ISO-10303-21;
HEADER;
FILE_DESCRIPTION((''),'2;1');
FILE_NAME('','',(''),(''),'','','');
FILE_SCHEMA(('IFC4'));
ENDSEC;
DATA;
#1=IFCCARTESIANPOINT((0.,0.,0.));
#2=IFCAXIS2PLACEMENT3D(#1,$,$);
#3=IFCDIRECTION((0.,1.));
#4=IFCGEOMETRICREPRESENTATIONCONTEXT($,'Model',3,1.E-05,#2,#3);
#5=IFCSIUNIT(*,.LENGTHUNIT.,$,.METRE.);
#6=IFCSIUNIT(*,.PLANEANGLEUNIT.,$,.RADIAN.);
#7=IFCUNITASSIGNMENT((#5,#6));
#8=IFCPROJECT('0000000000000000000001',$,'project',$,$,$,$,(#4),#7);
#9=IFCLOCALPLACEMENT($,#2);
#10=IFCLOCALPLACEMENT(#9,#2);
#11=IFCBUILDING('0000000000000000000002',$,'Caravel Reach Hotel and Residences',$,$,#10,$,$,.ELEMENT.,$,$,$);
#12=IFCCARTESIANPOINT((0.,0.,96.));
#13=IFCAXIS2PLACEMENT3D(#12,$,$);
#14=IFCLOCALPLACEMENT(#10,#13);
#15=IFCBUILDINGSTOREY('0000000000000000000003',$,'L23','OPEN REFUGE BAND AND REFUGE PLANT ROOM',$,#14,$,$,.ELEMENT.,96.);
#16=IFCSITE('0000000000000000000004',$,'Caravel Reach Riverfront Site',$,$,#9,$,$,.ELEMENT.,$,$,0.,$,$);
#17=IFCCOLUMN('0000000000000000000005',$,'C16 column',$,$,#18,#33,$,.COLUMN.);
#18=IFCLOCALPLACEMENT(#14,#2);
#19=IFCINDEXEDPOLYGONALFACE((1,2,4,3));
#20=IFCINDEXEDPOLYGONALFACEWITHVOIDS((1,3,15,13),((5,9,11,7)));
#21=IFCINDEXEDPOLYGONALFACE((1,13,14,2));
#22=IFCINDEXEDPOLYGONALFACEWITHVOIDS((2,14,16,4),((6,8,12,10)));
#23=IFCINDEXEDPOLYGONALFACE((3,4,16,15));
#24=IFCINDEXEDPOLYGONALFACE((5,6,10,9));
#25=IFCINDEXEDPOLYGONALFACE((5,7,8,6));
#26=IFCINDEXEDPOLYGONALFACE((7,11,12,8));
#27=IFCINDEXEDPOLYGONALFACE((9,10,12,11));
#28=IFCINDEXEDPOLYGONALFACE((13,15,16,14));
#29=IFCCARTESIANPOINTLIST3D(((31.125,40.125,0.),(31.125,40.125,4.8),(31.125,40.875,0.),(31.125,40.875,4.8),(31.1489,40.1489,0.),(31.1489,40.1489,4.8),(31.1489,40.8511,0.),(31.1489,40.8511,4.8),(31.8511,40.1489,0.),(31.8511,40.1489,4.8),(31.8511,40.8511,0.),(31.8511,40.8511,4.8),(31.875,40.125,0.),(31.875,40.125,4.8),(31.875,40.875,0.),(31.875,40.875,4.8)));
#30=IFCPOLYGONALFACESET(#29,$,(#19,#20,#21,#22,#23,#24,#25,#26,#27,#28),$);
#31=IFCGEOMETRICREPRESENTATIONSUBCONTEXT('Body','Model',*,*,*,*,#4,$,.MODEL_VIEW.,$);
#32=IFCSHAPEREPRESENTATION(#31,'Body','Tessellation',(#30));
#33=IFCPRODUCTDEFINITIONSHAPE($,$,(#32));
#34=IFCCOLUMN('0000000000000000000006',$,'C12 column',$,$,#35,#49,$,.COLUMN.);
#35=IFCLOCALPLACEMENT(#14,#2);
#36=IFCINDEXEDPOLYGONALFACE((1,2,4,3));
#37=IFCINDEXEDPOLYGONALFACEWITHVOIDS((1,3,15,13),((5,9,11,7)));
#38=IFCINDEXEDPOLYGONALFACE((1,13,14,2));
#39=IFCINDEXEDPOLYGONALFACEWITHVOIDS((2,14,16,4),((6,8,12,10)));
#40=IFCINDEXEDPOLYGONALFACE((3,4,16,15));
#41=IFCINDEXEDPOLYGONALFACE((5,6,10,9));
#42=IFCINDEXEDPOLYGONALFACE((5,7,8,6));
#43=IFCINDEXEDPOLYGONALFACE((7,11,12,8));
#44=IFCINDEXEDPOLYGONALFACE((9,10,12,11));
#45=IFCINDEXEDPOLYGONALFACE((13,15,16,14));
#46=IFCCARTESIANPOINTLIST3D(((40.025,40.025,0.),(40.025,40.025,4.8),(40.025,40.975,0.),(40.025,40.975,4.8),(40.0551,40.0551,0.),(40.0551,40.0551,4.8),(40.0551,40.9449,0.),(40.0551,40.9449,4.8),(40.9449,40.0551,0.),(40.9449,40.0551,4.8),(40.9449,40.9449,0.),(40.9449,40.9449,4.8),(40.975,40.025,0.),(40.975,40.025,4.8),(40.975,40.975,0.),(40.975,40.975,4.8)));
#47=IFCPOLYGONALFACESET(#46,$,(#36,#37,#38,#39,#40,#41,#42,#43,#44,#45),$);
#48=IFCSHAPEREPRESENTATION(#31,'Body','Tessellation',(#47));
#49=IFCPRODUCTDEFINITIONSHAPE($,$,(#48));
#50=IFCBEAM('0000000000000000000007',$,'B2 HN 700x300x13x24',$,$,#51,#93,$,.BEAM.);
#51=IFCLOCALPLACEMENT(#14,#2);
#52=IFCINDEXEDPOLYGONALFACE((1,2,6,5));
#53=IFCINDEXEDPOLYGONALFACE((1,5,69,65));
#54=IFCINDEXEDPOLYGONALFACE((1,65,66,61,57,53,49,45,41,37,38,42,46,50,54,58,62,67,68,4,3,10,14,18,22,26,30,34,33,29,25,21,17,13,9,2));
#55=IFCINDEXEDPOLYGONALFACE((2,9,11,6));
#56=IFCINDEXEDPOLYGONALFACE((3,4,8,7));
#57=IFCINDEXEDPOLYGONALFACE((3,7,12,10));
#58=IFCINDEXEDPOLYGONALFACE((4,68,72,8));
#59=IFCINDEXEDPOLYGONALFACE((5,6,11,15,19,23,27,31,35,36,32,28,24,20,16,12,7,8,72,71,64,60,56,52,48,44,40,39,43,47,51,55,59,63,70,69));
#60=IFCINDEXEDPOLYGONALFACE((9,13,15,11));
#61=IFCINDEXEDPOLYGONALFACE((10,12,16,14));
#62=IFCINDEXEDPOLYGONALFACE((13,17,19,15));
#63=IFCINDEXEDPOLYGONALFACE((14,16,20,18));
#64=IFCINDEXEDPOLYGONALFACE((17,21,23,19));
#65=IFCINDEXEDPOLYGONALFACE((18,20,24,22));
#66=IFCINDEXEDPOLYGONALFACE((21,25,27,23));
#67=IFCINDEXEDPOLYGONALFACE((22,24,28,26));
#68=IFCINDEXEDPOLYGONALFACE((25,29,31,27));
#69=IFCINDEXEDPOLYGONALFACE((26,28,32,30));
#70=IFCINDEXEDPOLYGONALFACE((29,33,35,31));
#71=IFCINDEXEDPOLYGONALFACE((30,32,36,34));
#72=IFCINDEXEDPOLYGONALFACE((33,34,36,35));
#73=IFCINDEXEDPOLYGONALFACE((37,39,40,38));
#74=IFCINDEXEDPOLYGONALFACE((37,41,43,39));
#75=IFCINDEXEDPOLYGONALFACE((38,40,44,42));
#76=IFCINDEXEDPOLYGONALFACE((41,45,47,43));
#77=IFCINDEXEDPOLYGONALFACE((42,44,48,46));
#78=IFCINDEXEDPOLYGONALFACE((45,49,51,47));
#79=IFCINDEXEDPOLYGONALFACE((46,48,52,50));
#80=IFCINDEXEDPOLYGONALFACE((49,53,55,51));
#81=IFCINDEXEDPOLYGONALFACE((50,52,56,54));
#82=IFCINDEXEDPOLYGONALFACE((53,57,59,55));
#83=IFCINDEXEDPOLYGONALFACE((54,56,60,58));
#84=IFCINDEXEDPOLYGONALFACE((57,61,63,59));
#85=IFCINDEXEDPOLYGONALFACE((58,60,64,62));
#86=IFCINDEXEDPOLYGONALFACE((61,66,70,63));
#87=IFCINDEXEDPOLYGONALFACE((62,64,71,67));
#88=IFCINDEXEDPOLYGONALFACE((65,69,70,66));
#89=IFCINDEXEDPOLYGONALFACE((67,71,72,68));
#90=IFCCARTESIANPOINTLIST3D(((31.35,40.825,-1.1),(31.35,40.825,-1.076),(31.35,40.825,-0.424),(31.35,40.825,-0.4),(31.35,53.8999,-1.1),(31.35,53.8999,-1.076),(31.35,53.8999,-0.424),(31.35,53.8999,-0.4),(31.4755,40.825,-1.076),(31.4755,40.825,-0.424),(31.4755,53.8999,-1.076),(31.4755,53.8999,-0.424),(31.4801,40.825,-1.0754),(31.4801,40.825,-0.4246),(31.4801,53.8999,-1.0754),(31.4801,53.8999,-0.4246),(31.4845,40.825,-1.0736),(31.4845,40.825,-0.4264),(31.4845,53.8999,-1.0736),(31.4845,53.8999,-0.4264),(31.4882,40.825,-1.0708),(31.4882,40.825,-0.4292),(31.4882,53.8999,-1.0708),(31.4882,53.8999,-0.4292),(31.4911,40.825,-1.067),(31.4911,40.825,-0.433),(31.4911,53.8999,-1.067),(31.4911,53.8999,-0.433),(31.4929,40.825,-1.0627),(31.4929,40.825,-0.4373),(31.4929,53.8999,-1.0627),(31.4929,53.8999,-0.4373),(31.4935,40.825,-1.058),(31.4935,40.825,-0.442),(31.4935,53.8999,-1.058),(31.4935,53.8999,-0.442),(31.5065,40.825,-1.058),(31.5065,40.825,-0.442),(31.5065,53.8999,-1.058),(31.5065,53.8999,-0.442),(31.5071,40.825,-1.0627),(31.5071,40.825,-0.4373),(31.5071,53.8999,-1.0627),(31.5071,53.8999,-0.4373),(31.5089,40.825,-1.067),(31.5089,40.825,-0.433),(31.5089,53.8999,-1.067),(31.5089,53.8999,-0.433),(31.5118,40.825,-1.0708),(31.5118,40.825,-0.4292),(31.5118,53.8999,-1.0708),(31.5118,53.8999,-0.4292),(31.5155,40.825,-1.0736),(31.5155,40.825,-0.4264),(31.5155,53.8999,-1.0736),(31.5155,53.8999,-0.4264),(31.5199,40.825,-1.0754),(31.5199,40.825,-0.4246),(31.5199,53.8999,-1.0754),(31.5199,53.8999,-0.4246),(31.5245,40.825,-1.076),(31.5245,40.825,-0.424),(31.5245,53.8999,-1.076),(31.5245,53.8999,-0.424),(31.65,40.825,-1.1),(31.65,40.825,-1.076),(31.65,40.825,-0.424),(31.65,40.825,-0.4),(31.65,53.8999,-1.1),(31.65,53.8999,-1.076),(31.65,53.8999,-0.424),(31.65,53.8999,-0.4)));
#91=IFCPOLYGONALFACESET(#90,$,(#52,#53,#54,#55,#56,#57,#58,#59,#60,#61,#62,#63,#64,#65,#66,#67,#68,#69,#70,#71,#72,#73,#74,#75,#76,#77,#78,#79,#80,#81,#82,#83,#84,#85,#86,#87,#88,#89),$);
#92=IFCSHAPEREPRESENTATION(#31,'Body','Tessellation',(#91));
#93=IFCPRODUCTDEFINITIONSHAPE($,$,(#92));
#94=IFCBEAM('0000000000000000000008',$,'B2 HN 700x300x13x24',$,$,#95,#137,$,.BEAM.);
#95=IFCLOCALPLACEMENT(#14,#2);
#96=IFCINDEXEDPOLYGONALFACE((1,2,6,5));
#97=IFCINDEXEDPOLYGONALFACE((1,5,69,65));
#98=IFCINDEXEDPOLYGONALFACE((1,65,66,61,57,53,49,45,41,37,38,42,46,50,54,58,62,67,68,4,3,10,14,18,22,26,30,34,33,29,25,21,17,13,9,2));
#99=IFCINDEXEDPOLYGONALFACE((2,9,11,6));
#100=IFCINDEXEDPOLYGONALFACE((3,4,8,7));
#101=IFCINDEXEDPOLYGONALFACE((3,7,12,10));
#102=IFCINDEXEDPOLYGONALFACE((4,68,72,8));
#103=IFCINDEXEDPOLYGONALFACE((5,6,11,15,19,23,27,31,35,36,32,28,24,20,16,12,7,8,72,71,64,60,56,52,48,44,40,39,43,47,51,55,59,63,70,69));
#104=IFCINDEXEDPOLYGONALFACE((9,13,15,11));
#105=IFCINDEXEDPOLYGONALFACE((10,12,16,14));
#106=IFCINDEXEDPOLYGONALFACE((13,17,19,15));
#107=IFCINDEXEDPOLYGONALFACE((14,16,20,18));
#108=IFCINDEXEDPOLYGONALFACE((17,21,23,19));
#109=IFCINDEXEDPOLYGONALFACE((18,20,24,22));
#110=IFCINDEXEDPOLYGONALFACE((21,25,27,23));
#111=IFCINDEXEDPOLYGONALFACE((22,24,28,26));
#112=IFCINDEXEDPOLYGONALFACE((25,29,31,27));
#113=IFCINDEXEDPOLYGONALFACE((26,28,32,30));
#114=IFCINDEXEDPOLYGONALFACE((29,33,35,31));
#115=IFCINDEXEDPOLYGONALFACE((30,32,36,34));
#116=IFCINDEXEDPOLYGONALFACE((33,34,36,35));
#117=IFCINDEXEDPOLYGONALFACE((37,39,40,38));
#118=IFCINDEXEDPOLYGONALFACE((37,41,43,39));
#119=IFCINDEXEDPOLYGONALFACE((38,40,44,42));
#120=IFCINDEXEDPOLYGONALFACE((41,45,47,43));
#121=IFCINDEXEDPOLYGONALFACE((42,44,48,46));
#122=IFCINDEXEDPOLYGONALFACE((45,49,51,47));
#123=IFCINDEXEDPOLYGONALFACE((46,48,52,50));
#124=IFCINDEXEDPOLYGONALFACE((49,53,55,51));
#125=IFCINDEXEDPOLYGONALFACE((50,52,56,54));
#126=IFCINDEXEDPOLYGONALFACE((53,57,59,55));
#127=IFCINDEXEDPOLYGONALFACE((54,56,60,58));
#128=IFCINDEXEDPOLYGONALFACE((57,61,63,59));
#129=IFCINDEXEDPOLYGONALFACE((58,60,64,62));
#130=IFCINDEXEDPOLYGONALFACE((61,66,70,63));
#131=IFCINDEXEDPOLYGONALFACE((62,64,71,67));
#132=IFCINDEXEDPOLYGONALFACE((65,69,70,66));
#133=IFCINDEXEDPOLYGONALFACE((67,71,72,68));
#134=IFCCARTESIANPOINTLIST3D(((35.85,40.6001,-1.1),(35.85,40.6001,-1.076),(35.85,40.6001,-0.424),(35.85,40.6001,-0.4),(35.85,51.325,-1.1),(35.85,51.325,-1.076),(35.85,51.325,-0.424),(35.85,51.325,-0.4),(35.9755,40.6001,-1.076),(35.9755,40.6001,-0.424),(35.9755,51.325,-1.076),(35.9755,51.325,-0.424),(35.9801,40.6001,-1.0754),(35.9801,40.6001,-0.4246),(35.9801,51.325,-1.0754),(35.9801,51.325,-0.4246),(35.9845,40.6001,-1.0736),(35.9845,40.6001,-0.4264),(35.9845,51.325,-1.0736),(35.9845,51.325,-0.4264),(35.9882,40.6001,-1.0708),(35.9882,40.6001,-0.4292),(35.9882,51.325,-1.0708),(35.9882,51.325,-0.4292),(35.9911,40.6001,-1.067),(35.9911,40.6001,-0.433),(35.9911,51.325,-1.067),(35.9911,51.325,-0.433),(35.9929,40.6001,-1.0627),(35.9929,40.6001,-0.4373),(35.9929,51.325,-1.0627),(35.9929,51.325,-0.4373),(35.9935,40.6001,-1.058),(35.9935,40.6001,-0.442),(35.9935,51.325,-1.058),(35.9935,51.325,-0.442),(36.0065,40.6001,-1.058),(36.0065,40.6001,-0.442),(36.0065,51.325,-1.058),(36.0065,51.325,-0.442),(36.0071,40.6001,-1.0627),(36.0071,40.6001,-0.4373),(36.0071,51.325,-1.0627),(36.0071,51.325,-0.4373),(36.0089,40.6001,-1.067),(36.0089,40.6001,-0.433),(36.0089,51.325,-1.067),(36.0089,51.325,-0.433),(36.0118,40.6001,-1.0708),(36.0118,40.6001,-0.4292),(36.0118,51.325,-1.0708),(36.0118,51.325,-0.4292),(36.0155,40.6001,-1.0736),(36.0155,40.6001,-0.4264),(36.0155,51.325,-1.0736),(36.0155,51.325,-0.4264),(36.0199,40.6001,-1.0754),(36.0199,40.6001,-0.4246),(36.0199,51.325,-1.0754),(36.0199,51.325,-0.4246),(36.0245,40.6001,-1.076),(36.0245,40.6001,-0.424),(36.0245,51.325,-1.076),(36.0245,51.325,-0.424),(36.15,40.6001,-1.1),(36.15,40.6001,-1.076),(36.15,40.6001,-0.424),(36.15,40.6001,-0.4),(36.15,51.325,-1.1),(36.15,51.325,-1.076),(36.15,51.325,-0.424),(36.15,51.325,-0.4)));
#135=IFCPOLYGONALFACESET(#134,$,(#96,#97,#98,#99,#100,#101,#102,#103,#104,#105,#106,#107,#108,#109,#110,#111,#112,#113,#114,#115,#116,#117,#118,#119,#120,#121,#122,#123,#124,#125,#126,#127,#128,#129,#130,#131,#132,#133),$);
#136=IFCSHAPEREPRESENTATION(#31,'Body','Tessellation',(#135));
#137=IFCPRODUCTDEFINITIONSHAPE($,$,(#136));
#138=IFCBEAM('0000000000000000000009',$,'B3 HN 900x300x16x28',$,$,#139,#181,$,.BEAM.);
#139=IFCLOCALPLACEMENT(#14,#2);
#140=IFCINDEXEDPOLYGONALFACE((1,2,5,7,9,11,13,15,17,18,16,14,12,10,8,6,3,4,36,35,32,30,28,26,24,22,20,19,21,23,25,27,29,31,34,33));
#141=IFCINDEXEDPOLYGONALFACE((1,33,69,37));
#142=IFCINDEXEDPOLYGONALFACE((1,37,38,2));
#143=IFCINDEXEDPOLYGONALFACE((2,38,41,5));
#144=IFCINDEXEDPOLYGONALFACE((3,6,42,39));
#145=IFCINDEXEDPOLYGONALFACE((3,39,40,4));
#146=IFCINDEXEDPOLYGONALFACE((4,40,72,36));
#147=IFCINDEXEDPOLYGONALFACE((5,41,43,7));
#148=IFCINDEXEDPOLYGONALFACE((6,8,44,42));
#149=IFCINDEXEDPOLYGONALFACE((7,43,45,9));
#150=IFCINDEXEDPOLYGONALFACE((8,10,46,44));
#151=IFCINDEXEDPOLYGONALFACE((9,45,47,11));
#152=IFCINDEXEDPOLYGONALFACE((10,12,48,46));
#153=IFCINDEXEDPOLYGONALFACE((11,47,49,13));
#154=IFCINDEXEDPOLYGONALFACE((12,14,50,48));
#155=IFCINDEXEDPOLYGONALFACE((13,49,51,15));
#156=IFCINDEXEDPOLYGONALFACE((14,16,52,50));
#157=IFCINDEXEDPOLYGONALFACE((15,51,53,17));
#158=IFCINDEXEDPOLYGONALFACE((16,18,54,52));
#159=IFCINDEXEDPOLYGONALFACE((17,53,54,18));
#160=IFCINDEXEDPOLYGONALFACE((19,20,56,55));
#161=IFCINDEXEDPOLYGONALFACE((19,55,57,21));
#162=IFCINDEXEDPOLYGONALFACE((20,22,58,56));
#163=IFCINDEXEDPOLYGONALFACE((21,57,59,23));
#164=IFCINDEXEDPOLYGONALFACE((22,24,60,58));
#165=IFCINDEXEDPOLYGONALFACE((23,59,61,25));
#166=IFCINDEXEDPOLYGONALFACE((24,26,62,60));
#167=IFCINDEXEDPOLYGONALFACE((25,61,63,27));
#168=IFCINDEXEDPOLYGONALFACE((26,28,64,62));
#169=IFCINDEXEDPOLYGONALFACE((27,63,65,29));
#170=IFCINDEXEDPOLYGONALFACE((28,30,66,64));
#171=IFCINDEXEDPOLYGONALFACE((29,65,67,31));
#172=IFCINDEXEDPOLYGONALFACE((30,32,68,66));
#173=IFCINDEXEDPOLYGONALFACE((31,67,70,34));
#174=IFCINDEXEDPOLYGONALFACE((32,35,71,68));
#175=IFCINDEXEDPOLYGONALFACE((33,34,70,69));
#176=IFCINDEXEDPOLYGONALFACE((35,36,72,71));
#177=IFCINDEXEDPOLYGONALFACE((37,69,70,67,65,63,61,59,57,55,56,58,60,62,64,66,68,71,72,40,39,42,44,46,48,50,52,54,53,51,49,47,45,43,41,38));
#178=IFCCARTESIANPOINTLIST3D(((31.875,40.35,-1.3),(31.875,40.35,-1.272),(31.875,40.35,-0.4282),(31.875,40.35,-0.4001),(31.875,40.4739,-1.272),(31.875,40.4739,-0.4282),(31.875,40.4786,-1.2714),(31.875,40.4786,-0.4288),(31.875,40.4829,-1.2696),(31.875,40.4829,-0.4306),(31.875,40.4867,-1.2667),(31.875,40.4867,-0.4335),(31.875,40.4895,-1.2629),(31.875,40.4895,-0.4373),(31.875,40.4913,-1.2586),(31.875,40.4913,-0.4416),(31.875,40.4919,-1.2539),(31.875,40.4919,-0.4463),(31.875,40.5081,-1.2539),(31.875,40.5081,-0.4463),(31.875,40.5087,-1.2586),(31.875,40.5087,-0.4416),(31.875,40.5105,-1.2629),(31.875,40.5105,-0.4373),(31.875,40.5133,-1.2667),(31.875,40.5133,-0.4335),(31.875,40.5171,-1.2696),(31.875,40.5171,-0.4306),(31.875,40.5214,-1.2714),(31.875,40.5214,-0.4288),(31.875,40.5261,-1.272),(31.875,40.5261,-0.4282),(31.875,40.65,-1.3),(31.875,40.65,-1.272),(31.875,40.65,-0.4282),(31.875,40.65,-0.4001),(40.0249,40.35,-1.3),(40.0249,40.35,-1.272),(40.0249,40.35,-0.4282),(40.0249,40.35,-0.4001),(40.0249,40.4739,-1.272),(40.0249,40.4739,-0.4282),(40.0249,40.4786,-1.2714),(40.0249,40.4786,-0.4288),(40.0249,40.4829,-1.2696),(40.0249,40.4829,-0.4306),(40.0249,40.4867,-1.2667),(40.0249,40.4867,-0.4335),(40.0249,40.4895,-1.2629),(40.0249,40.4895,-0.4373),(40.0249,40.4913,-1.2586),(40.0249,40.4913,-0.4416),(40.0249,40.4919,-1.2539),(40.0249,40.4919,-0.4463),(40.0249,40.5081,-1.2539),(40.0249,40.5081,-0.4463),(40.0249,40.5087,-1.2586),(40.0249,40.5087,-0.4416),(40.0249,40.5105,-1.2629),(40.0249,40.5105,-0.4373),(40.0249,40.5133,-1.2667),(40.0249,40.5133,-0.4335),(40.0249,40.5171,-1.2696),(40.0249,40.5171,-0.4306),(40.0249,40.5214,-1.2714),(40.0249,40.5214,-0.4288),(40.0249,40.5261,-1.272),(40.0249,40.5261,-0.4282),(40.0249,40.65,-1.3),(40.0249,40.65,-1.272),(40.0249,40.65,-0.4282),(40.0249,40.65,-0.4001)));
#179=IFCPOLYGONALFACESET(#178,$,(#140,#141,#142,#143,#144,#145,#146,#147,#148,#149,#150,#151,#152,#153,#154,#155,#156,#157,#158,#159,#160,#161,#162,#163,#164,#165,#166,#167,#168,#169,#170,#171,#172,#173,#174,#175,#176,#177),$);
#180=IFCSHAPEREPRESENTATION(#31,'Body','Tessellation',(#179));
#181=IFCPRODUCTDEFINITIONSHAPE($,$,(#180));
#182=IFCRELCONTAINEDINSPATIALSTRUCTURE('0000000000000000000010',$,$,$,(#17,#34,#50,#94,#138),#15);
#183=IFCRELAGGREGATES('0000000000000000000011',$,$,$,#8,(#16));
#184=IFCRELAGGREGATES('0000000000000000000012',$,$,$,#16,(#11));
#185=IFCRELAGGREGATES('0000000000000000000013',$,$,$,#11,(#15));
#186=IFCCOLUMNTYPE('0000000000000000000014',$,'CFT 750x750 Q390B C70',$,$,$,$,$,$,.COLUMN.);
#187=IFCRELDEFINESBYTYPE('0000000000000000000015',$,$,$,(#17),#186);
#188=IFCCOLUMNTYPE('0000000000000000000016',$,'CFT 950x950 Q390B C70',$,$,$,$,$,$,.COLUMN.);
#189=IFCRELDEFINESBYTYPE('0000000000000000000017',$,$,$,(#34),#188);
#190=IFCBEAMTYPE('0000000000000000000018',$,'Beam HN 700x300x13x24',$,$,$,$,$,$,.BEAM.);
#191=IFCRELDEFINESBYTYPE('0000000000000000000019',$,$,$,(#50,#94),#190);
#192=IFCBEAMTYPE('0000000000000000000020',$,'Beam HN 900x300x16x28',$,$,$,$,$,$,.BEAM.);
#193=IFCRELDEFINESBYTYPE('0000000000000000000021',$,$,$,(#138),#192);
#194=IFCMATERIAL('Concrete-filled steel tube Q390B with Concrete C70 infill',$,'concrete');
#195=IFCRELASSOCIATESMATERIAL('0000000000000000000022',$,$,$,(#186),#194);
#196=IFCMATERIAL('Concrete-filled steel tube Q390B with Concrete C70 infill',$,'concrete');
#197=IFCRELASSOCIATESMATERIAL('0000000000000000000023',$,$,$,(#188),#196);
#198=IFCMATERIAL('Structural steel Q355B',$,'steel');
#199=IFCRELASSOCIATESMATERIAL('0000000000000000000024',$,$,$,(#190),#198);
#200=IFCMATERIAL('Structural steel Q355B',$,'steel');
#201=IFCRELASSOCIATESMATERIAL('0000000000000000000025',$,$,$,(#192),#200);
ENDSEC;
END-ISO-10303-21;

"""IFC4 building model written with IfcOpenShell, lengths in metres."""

from ifc_helpers import new_model, si_unit, direction, frame, origin, origin_2d, place, context, subcontext, project, spatial, hollow_rectangle, i_section, extrude, material, material_profile, profile_set, type_object, element, save


model = new_model("IFC4")

# Units and contexts
model_context = context("Model", 3, precision=1e-05, world=origin(), true_north=direction((0.0, 1.0)))
body_context = subcontext(model_context, "Body", "Model", "MODEL_VIEW")
ifc_project = project(units=[si_unit("LENGTHUNIT", "METRE"), si_unit("PLANEANGLEUNIT", "RADIAN")], contexts=[model_context])

# Site, building, storey
site_placement = place(None, origin())
site = spatial("IfcSite", under=ifc_project, at=site_placement, Name="Caravel Reach Riverfront Site", CompositionType="ELEMENT", RefElevation=0.0)
building_placement = place(site_placement, origin())
building = spatial("IfcBuilding", under=site, at=building_placement, Name="Caravel Reach Hotel and Residences", CompositionType="ELEMENT")
storey_placement = place(building_placement, frame((0.0, 0.0, 96.0)))
storey = spatial("IfcBuildingStorey", under=building, at=storey_placement, Name="L23", Description="OPEN REFUGE BAND AND REFUGE PLANT ROOM", CompositionType="ELEMENT", Elevation=96.0)

# Columns
ifc_material_1 = material(Name="Concrete-filled steel tube Q390B with Concrete C70 infill", Category="concrete")
ifc_material_profile_1 = material_profile(ifc_material_1, hollow_rectangle(XDim=0.75, YDim=0.75, WallThickness=0.0239, at=origin_2d()), Name="RHS 750x750x24")
ifc_profile_set_1 = profile_set([ifc_material_profile_1], Name="Concrete-filled steel tube Q390B with Concrete C70 infill")
column_type_1 = type_object("IfcColumnType", Name="CFT 750x750 Q390B C70", PredefinedType="COLUMN", material=ifc_profile_set_1)
column_1_placement = place(storey_placement, frame((31.5, 40.5, 0.0), z_axis=(0.0, 0.0, 1.0), x_axis=(1.0, 0.0, 0.0)))
element("IfcColumn", 1, at=column_1_placement, inside=storey, type_object=column_type_1, Name="C16 column", PredefinedType="COLUMN", context=body_context, shape_type="SweptSolid", body=[
    extrude(hollow_rectangle(XDim=0.75, YDim=0.75, WallThickness=0.0239, at=origin_2d()), origin(), (0.0, 0.0, 1.0), 4.8),
])
ifc_material_2 = material(Name="Concrete-filled steel tube Q390B with Concrete C70 infill", Category="concrete")
ifc_material_profile_2 = material_profile(ifc_material_2, hollow_rectangle(XDim=0.95, YDim=0.95, WallThickness=0.03, at=origin_2d()), Name="RHS 950x950x30")
ifc_profile_set_2 = profile_set([ifc_material_profile_2], Name="Concrete-filled steel tube Q390B with Concrete C70 infill")
column_type_2 = type_object("IfcColumnType", Name="CFT 950x950 Q390B C70", PredefinedType="COLUMN", material=ifc_profile_set_2)
column_2_placement = place(storey_placement, frame((40.5, 40.5, 0.0), z_axis=(0.0, 0.0, 1.0), x_axis=(1.0, 0.0, 0.0)))
element("IfcColumn", 2, at=column_2_placement, inside=storey, type_object=column_type_2, Name="C12 column", PredefinedType="COLUMN", context=body_context, shape_type="SweptSolid", body=[
    extrude(hollow_rectangle(XDim=0.95, YDim=0.95, WallThickness=0.03, at=origin_2d()), origin(), (0.0, 0.0, 1.0), 4.8),
])

# Beams
ifc_material_3 = material(Name="Structural steel Q355B", Category="steel")
ifc_material_profile_3 = material_profile(ifc_material_3, i_section(OverallWidth=0.3, OverallDepth=0.7, WebThickness=0.0129, FlangeThickness=0.0239, FilletRadius=0.0181, at=origin_2d()), Name="HN 700x300x13x24")
ifc_profile_set_3 = profile_set([ifc_material_profile_3], Name="Structural steel Q355B")
beam_type_1 = type_object("IfcBeamType", Name="Beam HN 700x300x13x24", PredefinedType="BEAM", material=ifc_profile_set_3)
beam_1_placement = place(storey_placement, frame((31.5, 40.825, -0.75), z_axis=(0.0, 1.0, 0.0), x_axis=(-1.0, 0.0, 0.0)))
element("IfcBeam", 3, at=beam_1_placement, inside=storey, type_object=beam_type_1, Name="B2 HN 700x300x13x24", PredefinedType="BEAM", context=body_context, shape_type="SweptSolid", body=[
    extrude(i_section(OverallWidth=0.3, OverallDepth=0.7, WebThickness=0.0129, FlangeThickness=0.0239, FilletRadius=0.0181, at=origin_2d()), origin(), (0.0, 0.0, 1.0), 13.075),
])
beam_2_placement = place(storey_placement, frame((36.0, 40.6001, -0.75), z_axis=(0.0, 1.0, 0.0), x_axis=(-1.0, 0.0, 0.0)))
element("IfcBeam", 4, at=beam_2_placement, inside=storey, type_object=beam_type_1, Name="B2 HN 700x300x13x24", PredefinedType="BEAM", context=body_context, shape_type="SweptSolid", body=[
    extrude(i_section(OverallWidth=0.3, OverallDepth=0.7, WebThickness=0.0129, FlangeThickness=0.0239, FilletRadius=0.0181, at=origin_2d()), origin(), (0.0, 0.0, 1.0), 10.7249),
])
ifc_material_4 = material(Name="Structural steel Q355B", Category="steel")
ifc_material_profile_4 = material_profile(ifc_material_4, i_section(OverallWidth=0.3, OverallDepth=0.8999, WebThickness=0.0161, FlangeThickness=0.0281, FilletRadius=0.0181, at=origin_2d()), Name="HN 900x300x16x28")
ifc_profile_set_4 = profile_set([ifc_material_profile_4], Name="Structural steel Q355B")
beam_type_2 = type_object("IfcBeamType", Name="Beam HN 900x300x16x28", PredefinedType="BEAM", material=ifc_profile_set_4)
beam_3_placement = place(storey_placement, frame((31.875, 40.5, -0.8501), z_axis=(1.0, 0.0, 0.0), x_axis=(0.0, 1.0, 0.0)))
element("IfcBeam", 5, at=beam_3_placement, inside=storey, type_object=beam_type_2, Name="B3 HN 900x300x16x28", PredefinedType="BEAM", context=body_context, shape_type="SweptSolid", body=[
    extrude(i_section(OverallWidth=0.3, OverallDepth=0.8999, WebThickness=0.0161, FlangeThickness=0.0281, FilletRadius=0.0181, at=origin_2d()), origin(), (0.0, 0.0, 1.0), 8.1499),
])

save(model, "model.ifc")
